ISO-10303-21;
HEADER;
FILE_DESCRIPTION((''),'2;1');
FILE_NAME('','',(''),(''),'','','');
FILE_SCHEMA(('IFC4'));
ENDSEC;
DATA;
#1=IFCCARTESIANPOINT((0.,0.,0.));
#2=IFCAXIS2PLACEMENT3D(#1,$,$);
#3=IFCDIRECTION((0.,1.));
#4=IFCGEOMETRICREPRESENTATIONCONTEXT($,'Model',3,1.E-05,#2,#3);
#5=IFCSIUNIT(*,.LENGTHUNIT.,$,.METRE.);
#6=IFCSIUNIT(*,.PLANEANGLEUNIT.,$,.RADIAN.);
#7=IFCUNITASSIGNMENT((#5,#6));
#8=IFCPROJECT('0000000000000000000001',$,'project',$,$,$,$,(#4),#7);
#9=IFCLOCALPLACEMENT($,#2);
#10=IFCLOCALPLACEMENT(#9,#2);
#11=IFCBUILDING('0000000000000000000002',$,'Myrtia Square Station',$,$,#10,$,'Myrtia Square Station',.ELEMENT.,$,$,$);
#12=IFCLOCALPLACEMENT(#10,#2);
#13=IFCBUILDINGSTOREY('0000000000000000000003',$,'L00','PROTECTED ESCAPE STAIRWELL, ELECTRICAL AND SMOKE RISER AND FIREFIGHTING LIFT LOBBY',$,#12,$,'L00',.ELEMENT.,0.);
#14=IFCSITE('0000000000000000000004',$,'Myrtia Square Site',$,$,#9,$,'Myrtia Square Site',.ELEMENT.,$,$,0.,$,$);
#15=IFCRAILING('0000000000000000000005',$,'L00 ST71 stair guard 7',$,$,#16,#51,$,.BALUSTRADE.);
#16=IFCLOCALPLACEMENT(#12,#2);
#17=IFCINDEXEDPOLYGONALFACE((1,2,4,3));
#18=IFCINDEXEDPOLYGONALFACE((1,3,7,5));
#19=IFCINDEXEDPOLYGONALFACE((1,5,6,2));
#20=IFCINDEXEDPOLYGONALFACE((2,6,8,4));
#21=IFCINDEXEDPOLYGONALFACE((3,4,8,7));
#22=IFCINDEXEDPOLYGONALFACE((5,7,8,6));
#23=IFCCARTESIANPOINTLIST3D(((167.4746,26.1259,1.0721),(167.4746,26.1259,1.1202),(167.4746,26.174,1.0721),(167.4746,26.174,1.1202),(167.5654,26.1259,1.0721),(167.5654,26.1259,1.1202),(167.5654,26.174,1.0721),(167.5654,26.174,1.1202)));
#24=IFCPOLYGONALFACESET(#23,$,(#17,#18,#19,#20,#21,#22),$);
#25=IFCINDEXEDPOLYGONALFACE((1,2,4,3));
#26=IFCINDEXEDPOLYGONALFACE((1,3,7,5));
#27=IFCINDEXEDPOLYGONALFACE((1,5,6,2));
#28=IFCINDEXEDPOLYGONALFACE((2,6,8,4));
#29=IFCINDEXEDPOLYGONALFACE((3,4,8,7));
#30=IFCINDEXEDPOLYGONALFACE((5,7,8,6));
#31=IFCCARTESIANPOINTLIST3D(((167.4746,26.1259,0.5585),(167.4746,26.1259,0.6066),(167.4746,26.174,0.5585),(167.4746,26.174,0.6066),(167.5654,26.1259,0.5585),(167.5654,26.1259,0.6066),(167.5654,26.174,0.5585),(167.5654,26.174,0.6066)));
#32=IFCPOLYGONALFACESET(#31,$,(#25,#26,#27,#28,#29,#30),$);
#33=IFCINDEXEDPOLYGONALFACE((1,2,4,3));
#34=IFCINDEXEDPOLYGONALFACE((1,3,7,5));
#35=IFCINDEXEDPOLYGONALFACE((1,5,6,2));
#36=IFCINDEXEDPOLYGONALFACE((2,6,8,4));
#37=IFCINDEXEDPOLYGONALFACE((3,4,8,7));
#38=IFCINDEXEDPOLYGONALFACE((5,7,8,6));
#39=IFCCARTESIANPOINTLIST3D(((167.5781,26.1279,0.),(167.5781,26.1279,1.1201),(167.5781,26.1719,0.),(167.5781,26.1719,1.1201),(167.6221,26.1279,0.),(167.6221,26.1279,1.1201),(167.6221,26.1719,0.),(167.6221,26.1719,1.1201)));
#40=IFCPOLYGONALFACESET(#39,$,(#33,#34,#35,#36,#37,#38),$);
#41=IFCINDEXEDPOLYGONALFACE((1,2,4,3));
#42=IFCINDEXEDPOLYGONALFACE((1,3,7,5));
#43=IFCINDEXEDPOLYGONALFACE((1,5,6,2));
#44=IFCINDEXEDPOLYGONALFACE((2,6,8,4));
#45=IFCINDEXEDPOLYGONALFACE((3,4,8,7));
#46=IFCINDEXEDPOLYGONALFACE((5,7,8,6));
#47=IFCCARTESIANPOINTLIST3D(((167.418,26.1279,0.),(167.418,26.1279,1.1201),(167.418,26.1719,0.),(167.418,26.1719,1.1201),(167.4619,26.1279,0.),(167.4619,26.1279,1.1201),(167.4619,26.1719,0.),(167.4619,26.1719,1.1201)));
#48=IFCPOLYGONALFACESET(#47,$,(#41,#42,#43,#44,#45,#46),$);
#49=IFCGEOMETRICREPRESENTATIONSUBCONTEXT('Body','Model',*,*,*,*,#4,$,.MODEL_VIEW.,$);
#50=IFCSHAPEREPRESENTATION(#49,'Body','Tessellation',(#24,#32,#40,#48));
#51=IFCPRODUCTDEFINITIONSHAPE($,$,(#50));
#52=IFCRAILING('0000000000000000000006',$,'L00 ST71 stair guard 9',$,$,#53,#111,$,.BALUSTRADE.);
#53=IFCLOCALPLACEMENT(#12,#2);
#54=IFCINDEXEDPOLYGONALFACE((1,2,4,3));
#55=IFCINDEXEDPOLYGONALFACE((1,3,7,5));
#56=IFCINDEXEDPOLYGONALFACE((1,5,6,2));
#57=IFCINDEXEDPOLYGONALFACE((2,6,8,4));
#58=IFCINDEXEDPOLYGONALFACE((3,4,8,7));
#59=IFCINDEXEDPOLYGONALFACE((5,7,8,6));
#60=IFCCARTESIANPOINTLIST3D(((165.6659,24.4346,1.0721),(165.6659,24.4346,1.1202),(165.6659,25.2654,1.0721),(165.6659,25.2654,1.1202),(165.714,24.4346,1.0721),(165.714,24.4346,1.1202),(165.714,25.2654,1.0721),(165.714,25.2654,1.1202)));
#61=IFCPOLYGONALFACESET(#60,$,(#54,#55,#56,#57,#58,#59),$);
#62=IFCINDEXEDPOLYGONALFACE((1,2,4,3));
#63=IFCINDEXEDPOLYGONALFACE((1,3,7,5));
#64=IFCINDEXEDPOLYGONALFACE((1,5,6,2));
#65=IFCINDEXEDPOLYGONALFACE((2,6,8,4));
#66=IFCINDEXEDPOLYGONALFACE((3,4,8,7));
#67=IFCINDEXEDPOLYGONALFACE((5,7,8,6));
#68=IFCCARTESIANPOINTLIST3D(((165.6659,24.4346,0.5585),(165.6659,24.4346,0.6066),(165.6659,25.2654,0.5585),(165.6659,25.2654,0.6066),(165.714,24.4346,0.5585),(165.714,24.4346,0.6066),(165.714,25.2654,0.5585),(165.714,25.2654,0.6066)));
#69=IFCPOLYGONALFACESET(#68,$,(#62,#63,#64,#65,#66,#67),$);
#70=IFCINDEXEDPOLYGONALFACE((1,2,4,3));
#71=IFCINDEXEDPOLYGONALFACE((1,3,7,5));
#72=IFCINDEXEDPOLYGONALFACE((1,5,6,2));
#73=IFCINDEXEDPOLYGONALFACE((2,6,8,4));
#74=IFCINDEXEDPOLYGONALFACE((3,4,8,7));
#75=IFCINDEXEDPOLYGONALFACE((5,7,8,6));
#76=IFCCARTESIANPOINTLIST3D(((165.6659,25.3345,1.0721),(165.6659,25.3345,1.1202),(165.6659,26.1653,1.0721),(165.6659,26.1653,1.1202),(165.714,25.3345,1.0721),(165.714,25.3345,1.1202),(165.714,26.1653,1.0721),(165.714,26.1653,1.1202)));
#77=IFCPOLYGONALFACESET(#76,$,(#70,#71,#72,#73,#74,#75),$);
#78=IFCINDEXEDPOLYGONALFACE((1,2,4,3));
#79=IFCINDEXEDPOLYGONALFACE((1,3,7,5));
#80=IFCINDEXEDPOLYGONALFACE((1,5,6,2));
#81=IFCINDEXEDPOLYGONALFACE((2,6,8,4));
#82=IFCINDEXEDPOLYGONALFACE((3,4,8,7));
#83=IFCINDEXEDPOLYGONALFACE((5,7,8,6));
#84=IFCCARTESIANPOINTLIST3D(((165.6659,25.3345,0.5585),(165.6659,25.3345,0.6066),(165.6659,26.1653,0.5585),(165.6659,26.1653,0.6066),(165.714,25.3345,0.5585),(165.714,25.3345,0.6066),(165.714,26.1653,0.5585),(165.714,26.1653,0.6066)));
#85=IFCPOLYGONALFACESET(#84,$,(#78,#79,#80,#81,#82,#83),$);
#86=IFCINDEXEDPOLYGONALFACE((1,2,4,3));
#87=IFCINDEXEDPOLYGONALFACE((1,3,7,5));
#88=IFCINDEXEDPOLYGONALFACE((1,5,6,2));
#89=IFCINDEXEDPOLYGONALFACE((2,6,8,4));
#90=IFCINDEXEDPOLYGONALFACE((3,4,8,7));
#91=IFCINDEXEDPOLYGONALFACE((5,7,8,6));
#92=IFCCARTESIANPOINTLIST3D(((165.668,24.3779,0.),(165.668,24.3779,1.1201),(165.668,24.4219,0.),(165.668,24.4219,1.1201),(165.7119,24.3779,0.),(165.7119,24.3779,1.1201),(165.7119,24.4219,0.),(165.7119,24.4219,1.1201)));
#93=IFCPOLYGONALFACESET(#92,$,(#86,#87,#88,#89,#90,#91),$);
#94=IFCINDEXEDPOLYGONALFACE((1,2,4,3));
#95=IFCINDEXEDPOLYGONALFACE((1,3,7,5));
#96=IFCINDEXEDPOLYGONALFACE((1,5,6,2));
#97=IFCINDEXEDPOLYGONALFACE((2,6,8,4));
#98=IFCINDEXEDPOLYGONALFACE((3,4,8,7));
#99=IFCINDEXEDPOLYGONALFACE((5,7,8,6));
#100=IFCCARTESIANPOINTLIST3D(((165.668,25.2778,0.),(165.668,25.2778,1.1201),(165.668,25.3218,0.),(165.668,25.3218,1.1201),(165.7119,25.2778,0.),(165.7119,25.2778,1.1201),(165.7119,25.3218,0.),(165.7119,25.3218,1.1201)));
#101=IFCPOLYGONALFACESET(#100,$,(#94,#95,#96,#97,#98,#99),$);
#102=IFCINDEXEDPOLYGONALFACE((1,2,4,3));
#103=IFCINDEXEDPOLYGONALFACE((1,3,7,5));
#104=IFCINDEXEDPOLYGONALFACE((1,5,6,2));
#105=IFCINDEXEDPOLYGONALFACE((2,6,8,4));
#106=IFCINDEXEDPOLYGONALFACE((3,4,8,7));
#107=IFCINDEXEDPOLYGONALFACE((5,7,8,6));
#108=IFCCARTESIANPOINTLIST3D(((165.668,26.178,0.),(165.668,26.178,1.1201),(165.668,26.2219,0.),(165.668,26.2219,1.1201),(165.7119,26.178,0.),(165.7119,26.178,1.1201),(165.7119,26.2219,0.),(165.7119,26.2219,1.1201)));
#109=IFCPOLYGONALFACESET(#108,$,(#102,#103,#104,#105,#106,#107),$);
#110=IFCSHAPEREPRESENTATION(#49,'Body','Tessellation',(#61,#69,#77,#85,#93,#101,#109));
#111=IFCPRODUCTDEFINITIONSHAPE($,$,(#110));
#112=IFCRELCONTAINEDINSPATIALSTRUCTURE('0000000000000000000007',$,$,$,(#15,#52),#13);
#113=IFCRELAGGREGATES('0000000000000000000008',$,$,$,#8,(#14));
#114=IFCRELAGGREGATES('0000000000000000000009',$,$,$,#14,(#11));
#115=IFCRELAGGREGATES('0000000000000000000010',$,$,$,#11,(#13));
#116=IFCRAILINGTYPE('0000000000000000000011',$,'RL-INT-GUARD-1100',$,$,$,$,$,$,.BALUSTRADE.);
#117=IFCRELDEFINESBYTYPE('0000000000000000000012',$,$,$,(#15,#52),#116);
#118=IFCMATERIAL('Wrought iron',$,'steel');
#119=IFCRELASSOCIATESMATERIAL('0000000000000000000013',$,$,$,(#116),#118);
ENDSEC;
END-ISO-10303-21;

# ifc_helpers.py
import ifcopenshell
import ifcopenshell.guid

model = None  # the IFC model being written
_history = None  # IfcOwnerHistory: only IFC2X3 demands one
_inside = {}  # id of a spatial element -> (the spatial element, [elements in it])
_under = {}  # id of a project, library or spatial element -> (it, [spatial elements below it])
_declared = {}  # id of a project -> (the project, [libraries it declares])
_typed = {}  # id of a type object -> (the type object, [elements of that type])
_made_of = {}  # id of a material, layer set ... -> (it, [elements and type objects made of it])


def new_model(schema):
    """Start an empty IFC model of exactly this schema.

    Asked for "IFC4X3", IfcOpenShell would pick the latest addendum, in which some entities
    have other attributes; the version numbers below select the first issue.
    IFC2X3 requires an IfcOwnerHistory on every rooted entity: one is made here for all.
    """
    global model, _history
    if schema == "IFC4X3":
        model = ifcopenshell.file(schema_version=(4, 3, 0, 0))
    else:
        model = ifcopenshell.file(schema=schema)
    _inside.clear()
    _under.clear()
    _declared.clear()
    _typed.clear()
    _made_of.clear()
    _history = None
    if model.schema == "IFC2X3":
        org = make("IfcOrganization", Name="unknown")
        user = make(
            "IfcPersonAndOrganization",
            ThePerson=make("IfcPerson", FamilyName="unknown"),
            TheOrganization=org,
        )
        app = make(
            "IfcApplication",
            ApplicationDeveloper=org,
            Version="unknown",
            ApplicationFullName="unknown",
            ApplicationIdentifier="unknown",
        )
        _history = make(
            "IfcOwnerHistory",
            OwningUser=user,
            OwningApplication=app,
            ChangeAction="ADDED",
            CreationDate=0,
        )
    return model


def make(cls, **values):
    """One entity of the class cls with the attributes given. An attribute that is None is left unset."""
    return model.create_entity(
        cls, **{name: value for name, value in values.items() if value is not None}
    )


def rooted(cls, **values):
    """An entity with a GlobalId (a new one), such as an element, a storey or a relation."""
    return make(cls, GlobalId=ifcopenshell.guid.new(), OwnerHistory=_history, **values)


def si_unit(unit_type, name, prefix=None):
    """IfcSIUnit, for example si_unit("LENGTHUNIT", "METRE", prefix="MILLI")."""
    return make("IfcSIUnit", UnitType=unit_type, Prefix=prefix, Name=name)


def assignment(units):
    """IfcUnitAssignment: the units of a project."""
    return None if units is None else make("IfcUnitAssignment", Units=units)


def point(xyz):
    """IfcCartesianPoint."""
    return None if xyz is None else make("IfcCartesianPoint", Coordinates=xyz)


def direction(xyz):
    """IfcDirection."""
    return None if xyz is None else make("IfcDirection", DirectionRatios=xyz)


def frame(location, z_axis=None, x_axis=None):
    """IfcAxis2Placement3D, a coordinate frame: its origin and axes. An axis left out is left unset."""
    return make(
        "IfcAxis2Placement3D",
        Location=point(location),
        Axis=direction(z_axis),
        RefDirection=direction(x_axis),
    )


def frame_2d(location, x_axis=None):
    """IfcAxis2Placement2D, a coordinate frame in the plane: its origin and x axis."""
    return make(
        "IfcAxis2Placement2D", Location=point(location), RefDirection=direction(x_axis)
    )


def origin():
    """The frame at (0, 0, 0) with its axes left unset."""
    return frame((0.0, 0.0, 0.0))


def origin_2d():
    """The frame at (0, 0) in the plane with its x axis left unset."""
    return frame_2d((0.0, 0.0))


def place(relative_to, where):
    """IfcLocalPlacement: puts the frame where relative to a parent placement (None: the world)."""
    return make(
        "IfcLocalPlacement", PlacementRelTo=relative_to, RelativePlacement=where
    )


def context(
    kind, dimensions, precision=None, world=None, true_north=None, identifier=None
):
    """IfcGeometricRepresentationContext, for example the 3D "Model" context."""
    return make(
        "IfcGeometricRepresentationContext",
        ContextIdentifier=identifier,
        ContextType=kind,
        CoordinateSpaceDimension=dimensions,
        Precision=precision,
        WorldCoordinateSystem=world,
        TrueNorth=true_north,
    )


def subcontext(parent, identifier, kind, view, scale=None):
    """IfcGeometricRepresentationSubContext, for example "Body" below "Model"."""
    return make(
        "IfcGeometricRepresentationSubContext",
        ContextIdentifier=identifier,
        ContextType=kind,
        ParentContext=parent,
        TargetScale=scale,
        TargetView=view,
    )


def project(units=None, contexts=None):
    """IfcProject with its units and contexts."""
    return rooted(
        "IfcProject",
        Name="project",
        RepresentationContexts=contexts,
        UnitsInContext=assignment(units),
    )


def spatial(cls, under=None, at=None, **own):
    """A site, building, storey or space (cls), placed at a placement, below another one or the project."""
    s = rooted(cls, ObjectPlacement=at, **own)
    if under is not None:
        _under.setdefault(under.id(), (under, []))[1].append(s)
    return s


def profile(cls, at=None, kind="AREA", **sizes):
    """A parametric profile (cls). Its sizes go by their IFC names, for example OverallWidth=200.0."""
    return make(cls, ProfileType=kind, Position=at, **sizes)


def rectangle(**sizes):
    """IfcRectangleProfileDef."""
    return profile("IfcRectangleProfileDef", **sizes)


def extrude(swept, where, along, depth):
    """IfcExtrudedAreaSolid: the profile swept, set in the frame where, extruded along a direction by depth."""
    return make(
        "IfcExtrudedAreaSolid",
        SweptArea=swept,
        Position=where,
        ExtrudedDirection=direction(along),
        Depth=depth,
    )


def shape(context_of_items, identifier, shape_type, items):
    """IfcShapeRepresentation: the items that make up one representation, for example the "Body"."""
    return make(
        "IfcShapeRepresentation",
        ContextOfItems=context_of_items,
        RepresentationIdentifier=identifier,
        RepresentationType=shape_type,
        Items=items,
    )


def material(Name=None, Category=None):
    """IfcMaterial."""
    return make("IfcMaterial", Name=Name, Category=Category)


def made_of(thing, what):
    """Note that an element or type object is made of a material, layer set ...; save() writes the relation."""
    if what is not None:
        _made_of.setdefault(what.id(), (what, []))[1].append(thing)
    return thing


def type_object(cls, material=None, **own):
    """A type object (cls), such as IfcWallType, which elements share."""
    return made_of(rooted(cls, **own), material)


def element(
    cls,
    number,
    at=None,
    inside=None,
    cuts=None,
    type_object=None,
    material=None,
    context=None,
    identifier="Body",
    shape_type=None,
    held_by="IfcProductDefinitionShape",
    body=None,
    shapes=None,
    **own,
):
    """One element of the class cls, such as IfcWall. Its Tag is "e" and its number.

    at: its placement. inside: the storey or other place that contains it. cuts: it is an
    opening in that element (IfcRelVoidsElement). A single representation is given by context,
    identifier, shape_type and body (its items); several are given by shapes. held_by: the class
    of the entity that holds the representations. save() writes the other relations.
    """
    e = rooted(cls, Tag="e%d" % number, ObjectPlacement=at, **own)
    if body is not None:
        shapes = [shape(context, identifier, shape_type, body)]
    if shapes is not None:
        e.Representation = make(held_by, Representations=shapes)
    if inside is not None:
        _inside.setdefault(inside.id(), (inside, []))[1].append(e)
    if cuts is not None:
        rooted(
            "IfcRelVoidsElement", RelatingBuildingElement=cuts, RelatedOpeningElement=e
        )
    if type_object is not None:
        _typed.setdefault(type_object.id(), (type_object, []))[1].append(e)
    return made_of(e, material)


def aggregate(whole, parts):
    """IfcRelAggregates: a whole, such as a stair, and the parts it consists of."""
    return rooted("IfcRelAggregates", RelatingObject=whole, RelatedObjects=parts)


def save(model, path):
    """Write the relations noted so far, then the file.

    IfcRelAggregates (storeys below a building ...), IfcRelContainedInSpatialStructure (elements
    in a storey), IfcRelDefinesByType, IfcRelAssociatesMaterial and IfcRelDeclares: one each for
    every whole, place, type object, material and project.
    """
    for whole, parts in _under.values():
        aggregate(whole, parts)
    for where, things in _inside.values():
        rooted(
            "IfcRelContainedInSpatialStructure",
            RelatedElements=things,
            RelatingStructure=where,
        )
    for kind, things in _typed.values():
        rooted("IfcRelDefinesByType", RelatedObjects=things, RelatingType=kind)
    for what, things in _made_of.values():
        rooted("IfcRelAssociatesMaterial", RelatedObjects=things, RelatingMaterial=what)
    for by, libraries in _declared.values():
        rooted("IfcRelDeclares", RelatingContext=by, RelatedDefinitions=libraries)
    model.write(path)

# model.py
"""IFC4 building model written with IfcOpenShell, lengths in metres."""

from ifc_helpers import new_model, si_unit, direction, frame, origin, origin_2d, place, context, subcontext, project, spatial, rectangle, extrude, material, type_object, element, save


model = new_model("IFC4")

# Units and contexts
model_context = context("Model", 3, precision=1e-05, world=origin(), true_north=direction((0.0, 1.0)))
body_context = subcontext(model_context, "Body", "Model", "MODEL_VIEW")
ifc_project = project(units=[si_unit("LENGTHUNIT", "METRE"), si_unit("PLANEANGLEUNIT", "RADIAN")], contexts=[model_context])

# Site, building, storey
site_placement = place(None, origin())
site = spatial("IfcSite", under=ifc_project, at=site_placement, Name="Myrtia Square Site", LongName="Myrtia Square Site", CompositionType="ELEMENT", RefElevation=0.0)
building_placement = place(site_placement, origin())
building = spatial("IfcBuilding", under=site, at=building_placement, Name="Myrtia Square Station", LongName="Myrtia Square Station", CompositionType="ELEMENT")
storey_placement = place(building_placement, origin())
storey = spatial("IfcBuildingStorey", under=building, at=storey_placement, Name="L00", Description="PROTECTED ESCAPE STAIRWELL, ELECTRICAL AND SMOKE RISER AND FIREFIGHTING LIFT LOBBY", LongName="L00", CompositionType="ELEMENT", Elevation=0.0)

# Railings
ifc_material_1 = material(Name="Wrought iron", Category="steel")
railing_type_1 = type_object("IfcRailingType", Name="RL-INT-GUARD-1100", PredefinedType="BALUSTRADE", material=ifc_material_1)
railing_1_placement = place(storey_placement, frame((167.6001, 26.1499, 0.0)))
element("IfcRailing", 1, at=railing_1_placement, inside=storey, type_object=railing_type_1, Name="L00 ST71 stair guard 7", PredefinedType="BALUSTRADE", context=body_context, shape_type="SweptSolid", body=[
    extrude(rectangle(XDim=0.0481, YDim=0.0481, at=origin_2d()), frame((-0.0347, 0.0, 1.0962), z_axis=(-1.0, 0.0, 0.0), x_axis=(0.0, -1.0, 0.0)), (0.0, 0.0, 1.0), 0.0908),
    extrude(rectangle(XDim=0.0481, YDim=0.0481, at=origin_2d()), frame((-0.0347, 0.0, 0.5825), z_axis=(-1.0, 0.0, 0.0), x_axis=(0.0, -1.0, 0.0)), (0.0, 0.0, 1.0), 0.0908),
    extrude(rectangle(XDim=0.0439, YDim=0.0439, at=origin_2d()), origin(), (0.0, 0.0, 1.0), 1.1201),
    extrude(rectangle(XDim=0.0439, YDim=0.0439, at=origin_2d()), frame((-0.1602, 0.0, 0.0)), (0.0, 0.0, 1.0), 1.1201),
])
railing_2_placement = place(storey_placement, frame((165.6899, 24.3999, 0.0)))
element("IfcRailing", 2, at=railing_2_placement, inside=storey, type_object=railing_type_1, Name="L00 ST71 stair guard 9", PredefinedType="BALUSTRADE", context=body_context, shape_type="SweptSolid", body=[
    extrude(rectangle(XDim=0.0481, YDim=0.0481, at=origin_2d()), frame((0.0, 0.0347, 1.0962), z_axis=(0.0, 1.0, 0.0), x_axis=(-1.0, 0.0, 0.0)), (0.0, 0.0, 1.0), 0.8308),
    extrude(rectangle(XDim=0.0481, YDim=0.0481, at=origin_2d()), frame((0.0, 0.0347, 0.5825), z_axis=(0.0, 1.0, 0.0), x_axis=(-1.0, 0.0, 0.0)), (0.0, 0.0, 1.0), 0.8308),
    extrude(rectangle(XDim=0.0481, YDim=0.0481, at=origin_2d()), frame((0.0, 0.9346, 1.0962), z_axis=(0.0, 1.0, 0.0), x_axis=(-1.0, 0.0, 0.0)), (0.0, 0.0, 1.0), 0.8308),
    extrude(rectangle(XDim=0.0481, YDim=0.0481, at=origin_2d()), frame((0.0, 0.9346, 0.5825), z_axis=(0.0, 1.0, 0.0), x_axis=(-1.0, 0.0, 0.0)), (0.0, 0.0, 1.0), 0.8308),
    extrude(rectangle(XDim=0.0439, YDim=0.0439, at=origin_2d()), origin(), (0.0, 0.0, 1.0), 1.1201),
    extrude(rectangle(XDim=0.0439, YDim=0.0439, at=origin_2d()), frame((0.0, 0.8999, 0.0)), (0.0, 0.0, 1.0), 1.1201),
    extrude(rectangle(XDim=0.0439, YDim=0.0439, at=origin_2d()), frame((0.0, 1.8, 0.0)), (0.0, 0.0, 1.0), 1.1201),
])

save(model, "model.ifc")
